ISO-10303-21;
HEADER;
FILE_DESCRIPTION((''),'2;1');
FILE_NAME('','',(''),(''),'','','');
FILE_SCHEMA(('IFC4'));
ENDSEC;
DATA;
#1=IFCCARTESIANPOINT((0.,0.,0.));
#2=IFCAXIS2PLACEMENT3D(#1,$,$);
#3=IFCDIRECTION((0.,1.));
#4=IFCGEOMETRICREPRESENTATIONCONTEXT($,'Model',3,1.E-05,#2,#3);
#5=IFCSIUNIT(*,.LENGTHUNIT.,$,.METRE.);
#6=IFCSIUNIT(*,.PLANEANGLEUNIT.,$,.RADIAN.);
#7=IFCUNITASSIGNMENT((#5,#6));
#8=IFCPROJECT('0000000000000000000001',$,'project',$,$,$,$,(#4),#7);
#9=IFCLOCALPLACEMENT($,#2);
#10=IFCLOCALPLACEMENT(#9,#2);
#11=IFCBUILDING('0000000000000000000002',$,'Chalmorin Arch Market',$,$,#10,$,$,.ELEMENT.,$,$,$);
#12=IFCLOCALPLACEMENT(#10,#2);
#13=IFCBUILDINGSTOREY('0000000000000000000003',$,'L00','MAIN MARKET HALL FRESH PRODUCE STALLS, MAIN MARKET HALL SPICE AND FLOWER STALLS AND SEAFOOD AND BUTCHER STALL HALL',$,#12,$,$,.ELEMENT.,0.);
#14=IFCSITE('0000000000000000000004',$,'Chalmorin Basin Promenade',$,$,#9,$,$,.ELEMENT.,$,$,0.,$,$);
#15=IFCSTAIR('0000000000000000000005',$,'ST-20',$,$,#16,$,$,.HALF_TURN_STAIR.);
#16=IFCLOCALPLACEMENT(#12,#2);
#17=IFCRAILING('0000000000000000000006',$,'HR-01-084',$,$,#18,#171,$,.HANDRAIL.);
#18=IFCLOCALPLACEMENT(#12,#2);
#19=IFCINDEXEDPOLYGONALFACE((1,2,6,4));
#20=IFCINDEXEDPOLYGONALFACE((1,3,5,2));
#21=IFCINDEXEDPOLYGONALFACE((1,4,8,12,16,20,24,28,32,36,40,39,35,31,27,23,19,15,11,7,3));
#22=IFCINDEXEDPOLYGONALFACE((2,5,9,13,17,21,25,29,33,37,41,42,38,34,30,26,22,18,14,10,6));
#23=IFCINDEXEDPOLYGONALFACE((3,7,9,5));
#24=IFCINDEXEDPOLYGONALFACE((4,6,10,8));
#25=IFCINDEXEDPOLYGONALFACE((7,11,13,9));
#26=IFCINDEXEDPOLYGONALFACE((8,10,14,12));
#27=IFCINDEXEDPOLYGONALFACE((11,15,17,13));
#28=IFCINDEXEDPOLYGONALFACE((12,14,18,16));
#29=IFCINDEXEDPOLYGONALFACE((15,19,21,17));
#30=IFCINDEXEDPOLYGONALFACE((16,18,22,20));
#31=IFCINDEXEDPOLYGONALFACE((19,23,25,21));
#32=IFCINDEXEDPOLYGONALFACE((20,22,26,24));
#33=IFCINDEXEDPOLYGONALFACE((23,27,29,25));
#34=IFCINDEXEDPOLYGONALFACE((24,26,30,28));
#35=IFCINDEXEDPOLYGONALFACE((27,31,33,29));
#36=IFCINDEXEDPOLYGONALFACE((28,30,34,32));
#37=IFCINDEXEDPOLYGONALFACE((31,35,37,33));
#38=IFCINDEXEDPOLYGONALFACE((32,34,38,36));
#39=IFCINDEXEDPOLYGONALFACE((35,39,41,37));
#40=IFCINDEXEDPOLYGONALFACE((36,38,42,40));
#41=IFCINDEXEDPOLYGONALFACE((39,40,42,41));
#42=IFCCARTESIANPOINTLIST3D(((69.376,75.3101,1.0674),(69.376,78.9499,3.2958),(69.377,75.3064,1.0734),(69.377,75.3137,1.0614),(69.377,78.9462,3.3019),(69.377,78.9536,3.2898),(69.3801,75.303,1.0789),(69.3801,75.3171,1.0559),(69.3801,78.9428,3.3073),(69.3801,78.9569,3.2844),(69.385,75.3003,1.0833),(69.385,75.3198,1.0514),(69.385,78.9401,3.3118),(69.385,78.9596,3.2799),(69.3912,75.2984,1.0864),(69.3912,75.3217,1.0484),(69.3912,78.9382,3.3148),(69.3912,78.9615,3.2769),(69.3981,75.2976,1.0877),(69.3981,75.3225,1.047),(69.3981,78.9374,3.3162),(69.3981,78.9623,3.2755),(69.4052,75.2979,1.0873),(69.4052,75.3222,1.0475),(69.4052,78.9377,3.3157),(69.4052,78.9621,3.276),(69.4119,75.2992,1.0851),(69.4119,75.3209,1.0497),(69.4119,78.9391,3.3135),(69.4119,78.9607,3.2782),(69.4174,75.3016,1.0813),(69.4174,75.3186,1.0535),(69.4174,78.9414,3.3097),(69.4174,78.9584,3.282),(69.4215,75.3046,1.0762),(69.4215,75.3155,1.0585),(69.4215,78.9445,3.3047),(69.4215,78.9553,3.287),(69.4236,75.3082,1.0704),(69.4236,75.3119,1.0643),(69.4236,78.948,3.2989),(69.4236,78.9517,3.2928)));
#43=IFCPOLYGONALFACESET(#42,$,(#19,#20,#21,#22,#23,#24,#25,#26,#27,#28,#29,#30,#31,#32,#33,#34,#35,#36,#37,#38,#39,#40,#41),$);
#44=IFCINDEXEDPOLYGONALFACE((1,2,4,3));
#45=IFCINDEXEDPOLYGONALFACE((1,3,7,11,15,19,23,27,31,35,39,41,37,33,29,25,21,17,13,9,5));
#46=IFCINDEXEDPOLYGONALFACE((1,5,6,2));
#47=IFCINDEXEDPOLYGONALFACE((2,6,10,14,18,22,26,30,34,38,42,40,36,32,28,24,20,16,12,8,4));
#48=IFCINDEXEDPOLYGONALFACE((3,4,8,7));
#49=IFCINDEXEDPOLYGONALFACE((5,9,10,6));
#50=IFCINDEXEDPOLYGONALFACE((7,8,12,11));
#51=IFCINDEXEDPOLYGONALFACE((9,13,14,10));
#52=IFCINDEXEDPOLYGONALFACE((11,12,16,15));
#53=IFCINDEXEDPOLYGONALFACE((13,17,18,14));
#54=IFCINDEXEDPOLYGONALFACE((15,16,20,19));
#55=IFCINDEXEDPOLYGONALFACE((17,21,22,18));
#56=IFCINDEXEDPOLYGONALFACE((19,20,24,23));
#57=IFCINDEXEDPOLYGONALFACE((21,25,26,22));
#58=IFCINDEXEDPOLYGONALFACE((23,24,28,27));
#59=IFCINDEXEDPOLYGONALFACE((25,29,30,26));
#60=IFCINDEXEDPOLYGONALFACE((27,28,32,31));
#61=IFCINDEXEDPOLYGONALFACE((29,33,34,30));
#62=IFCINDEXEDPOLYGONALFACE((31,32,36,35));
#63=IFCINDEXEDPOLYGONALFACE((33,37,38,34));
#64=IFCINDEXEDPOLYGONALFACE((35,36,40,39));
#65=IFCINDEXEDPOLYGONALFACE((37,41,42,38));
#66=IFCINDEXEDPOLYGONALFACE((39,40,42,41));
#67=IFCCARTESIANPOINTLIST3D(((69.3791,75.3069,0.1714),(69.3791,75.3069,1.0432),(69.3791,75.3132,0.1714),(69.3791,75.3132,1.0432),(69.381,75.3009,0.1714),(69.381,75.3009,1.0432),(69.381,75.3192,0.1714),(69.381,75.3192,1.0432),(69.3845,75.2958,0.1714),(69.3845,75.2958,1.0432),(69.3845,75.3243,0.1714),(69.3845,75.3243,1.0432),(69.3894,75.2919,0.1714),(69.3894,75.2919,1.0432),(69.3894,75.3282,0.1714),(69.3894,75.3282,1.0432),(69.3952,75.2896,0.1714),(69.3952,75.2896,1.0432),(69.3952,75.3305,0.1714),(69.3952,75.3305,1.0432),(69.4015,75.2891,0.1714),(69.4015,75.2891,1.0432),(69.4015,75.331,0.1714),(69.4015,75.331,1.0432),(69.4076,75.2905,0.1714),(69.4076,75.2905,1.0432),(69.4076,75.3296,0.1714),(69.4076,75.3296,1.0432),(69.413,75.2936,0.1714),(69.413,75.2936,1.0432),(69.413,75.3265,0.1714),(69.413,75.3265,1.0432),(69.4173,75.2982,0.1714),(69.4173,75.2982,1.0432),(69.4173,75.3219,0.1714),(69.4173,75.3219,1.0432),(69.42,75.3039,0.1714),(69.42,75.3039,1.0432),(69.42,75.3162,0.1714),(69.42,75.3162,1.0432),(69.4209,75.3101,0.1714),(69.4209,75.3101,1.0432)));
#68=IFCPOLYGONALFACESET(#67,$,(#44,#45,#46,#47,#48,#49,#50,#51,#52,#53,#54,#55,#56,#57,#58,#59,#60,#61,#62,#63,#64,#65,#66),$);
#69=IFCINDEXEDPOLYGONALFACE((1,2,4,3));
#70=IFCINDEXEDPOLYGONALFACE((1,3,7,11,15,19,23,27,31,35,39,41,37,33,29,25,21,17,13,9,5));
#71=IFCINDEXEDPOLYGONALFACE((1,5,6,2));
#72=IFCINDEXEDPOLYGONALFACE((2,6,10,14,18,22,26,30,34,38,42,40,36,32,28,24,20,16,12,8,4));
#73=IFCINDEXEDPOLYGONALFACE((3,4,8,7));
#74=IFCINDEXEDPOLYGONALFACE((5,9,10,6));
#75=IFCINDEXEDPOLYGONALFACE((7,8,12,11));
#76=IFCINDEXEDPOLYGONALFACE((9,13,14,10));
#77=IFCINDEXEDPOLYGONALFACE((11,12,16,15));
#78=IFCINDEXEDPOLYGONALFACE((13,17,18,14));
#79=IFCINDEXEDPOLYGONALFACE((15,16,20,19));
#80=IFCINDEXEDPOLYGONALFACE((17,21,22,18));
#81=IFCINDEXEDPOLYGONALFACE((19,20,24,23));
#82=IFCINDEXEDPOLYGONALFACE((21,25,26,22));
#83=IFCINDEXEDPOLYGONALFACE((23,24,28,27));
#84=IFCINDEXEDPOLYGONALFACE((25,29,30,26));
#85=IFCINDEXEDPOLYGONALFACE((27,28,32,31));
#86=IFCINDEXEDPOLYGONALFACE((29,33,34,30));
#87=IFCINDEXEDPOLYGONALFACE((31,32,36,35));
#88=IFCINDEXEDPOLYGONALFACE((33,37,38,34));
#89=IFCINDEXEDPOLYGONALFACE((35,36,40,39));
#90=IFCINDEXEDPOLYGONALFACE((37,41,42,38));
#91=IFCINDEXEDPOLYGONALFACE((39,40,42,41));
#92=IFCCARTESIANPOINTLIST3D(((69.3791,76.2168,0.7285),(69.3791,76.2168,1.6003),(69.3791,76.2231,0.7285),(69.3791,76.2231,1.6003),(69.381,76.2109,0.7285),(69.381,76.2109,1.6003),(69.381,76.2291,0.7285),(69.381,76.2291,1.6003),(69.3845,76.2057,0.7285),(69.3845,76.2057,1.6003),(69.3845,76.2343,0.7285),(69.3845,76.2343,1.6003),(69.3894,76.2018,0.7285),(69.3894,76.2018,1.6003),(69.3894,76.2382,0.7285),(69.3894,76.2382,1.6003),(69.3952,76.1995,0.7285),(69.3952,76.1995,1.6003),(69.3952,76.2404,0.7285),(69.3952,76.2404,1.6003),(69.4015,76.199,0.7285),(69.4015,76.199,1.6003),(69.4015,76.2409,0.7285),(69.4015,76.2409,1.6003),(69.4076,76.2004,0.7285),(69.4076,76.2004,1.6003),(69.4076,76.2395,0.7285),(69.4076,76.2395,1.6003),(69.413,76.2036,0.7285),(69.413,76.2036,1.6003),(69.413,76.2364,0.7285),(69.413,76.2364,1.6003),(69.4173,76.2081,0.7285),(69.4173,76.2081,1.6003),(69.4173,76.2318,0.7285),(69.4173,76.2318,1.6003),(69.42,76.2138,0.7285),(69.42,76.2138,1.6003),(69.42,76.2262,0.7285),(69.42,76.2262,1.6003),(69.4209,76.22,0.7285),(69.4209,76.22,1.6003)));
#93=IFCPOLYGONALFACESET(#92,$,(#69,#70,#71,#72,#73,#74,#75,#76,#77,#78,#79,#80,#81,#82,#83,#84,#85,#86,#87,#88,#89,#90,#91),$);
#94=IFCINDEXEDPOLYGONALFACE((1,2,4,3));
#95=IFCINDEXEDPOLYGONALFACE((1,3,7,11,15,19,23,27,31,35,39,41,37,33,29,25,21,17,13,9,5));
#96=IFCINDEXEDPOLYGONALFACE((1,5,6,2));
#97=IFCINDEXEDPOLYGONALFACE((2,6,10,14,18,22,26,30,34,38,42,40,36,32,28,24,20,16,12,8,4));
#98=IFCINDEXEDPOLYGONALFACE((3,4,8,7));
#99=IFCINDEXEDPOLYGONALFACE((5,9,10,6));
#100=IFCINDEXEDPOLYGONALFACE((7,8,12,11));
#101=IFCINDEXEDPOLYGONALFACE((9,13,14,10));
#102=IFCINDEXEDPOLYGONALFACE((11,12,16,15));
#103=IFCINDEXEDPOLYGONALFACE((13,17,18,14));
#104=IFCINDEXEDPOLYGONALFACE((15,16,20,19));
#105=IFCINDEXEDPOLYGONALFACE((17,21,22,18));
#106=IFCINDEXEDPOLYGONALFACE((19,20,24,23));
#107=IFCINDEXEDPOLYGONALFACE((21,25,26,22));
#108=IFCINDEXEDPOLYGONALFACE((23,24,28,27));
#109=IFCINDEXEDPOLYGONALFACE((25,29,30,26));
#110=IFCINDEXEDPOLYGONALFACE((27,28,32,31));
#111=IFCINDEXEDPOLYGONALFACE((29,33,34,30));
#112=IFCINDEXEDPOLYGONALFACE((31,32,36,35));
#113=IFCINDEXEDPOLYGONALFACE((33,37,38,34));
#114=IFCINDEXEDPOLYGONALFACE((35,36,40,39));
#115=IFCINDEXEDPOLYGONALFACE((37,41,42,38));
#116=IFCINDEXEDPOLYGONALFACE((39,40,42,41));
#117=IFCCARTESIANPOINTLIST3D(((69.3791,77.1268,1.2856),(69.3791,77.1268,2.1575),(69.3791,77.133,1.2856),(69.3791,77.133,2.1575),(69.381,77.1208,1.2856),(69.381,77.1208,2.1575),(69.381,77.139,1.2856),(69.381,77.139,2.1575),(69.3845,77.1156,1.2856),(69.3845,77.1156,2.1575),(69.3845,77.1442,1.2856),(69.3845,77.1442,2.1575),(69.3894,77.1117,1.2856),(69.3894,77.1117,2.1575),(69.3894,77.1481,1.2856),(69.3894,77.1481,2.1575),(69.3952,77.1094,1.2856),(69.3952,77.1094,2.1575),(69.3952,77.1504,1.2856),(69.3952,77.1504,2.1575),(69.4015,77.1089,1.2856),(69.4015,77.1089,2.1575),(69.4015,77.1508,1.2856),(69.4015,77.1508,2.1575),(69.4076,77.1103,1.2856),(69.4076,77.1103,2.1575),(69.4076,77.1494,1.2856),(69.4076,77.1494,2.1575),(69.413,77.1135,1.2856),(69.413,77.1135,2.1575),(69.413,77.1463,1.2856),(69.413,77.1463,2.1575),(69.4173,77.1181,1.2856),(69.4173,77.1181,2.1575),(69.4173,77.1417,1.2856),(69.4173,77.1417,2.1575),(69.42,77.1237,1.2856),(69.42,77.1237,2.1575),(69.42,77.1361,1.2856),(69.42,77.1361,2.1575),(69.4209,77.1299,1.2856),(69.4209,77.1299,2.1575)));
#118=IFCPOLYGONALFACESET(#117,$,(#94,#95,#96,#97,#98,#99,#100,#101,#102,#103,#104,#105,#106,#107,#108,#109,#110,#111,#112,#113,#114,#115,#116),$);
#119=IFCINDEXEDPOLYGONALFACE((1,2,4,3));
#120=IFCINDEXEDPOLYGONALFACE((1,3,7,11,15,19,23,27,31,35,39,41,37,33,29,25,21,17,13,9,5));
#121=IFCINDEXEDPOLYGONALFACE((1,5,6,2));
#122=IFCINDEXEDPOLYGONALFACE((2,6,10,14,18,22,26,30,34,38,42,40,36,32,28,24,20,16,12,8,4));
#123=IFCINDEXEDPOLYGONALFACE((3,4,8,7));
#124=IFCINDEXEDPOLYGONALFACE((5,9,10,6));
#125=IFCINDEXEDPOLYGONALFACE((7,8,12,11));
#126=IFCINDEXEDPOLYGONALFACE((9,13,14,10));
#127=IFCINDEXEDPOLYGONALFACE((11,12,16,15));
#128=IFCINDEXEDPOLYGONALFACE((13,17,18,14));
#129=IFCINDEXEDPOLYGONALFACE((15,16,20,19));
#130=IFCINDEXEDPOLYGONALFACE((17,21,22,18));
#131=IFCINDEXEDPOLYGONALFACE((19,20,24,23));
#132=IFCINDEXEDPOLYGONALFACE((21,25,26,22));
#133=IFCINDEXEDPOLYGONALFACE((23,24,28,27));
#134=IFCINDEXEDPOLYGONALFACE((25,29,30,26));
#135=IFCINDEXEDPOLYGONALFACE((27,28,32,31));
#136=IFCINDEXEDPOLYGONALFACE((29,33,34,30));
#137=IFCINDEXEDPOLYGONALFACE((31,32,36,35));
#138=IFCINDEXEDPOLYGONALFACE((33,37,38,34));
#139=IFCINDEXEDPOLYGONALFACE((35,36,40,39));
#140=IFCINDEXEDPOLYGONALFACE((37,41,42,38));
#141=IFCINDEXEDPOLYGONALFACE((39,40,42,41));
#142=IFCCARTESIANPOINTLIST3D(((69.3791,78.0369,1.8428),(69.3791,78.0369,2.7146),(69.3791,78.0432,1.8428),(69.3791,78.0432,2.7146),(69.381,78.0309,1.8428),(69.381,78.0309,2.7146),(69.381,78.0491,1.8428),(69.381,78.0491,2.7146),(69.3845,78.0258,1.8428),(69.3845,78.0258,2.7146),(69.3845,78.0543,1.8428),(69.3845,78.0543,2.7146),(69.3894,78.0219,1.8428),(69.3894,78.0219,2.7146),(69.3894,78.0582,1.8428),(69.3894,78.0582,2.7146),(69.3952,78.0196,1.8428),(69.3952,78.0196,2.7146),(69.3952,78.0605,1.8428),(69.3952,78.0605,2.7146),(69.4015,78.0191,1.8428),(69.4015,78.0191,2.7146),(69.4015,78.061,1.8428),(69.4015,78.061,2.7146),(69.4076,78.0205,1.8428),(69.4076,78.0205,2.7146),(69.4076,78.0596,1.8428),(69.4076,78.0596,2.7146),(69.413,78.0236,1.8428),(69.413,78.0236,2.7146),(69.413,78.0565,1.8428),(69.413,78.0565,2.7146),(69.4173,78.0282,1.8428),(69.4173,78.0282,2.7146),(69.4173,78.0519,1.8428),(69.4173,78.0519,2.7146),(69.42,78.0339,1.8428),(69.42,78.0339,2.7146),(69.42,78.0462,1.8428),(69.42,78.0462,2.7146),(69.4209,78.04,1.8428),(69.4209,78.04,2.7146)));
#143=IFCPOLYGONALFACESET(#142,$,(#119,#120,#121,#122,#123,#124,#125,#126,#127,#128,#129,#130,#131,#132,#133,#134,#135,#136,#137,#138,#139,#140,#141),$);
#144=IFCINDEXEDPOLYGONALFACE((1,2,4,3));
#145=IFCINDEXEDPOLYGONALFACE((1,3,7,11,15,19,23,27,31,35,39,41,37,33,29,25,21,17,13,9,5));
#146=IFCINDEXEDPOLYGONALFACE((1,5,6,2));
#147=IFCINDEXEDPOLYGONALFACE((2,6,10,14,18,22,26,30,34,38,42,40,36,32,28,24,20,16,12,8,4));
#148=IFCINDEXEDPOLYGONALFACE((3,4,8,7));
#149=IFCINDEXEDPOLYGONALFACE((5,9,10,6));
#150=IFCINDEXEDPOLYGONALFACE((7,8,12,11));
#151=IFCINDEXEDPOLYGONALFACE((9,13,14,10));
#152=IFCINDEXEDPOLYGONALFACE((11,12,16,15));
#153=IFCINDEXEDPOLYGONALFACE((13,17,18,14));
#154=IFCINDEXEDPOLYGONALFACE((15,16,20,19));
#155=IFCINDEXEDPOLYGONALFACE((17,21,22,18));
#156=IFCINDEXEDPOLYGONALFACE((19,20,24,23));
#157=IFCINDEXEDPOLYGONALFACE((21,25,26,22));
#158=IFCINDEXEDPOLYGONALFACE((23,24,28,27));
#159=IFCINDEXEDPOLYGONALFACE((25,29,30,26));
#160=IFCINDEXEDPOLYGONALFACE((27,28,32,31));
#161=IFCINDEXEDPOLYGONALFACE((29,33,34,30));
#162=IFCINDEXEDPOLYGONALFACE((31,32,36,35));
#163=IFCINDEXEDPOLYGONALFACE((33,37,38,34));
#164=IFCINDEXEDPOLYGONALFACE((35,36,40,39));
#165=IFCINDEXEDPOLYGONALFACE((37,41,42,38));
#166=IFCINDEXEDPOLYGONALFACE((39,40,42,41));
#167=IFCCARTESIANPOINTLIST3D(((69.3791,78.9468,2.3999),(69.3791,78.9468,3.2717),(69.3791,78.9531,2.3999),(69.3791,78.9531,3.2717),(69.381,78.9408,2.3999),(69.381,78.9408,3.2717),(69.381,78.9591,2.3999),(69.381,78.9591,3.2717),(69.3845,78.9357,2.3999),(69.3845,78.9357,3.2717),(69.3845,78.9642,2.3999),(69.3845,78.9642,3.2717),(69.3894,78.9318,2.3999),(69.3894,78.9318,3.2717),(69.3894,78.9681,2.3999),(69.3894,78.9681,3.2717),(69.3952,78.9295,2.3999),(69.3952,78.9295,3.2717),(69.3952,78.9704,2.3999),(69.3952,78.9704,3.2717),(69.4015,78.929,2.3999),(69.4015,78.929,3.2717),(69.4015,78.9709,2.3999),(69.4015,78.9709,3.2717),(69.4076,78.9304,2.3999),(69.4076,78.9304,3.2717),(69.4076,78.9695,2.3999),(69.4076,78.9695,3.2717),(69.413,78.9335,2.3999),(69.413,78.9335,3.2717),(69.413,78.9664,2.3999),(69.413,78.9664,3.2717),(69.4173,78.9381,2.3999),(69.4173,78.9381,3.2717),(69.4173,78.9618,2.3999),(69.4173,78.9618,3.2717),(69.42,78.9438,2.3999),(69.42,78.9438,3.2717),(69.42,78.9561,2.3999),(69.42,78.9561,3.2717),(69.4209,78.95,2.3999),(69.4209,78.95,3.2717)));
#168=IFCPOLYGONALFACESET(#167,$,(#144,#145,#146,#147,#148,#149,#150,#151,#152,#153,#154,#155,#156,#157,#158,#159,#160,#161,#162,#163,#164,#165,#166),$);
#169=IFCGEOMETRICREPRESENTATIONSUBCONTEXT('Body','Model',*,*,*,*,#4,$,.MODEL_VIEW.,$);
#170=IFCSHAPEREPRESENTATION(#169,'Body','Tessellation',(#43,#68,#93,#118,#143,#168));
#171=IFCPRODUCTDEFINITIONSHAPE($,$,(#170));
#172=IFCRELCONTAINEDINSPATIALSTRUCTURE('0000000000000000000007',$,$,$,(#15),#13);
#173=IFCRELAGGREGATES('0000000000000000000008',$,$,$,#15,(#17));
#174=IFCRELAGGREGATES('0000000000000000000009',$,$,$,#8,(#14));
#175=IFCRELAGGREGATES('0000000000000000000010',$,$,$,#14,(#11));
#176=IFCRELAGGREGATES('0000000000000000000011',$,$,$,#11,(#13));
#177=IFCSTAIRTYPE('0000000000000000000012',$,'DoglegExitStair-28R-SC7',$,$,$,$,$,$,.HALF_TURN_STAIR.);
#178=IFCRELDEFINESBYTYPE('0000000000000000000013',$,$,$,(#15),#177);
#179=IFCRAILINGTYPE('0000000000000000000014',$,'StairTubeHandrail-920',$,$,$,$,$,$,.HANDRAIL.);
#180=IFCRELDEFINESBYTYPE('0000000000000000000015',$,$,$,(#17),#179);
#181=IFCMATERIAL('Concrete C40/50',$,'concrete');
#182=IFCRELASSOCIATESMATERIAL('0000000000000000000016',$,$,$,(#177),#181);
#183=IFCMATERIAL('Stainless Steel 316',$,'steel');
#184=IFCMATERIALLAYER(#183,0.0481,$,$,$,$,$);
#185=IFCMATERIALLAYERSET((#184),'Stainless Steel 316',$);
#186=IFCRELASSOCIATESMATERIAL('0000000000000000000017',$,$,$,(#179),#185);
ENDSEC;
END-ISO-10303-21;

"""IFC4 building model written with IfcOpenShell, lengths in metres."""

from ifc_helpers import new_model, si_unit, direction, frame, origin, origin_2d, place, context, subcontext, project, spatial, circle, extrude, material, layer, layer_set, type_object, element, aggregate, save


model = new_model("IFC4")

# Units and contexts
model_context = context("Model", 3, precision=1e-05, world=origin(), true_north=direction((0.0, 1.0)))
body_context = subcontext(model_context, "Body", "Model", "MODEL_VIEW")
ifc_project = project(units=[si_unit("LENGTHUNIT", "METRE"), si_unit("PLANEANGLEUNIT", "RADIAN")], contexts=[model_context])

# Site, building, storey
site_placement = place(None, origin())
site = spatial("IfcSite", under=ifc_project, at=site_placement, Name="Chalmorin Basin Promenade", CompositionType="ELEMENT", RefElevation=0.0)
building_placement = place(site_placement, origin())
building = spatial("IfcBuilding", under=site, at=building_placement, Name="Chalmorin Arch Market", CompositionType="ELEMENT")
storey_placement = place(building_placement, origin())
storey = spatial("IfcBuildingStorey", under=building, at=storey_placement, Name="L00", Description="MAIN MARKET HALL FRESH PRODUCE STALLS, MAIN MARKET HALL SPICE AND FLOWER STALLS AND SEAFOOD AND BUTCHER STALL HALL", CompositionType="ELEMENT", Elevation=0.0)

# Shared definitions
ifc_material_1 = material(Name="Concrete C40/50", Category="concrete")

# Stair, railing
stair_type = type_object("IfcStairType", Name="DoglegExitStair-28R-SC7", PredefinedType="HALF_TURN_STAIR", material=ifc_material_1)
stair_placement = place(storey_placement, origin())
stair = element("IfcStair", 1, at=stair_placement, inside=storey, type_object=stair_type, Name="ST-20", PredefinedType="HALF_TURN_STAIR")
ifc_material_2 = material(Name="Stainless Steel 316", Category="steel")
ifc_layer_1 = layer(ifc_material_2, 0.0481)
ifc_layer_set_1 = layer_set([ifc_layer_1], Name="Stainless Steel 316")
railing_type_1 = type_object("IfcRailingType", Name="StairTubeHandrail-920", PredefinedType="HANDRAIL", material=ifc_layer_set_1)
railing_1_placement = place(storey_placement, frame((69.3999, 75.3101, 0.1714)))
railing_1 = element("IfcRailing", 2, at=railing_1_placement, type_object=railing_type_1, Name="HR-01-084", PredefinedType="HANDRAIL", context=body_context, shape_type="SweptSolid", body=[
    extrude(circle(Radius=0.0239, at=origin_2d()), frame((0.0, 0.0, 0.896), z_axis=(0.0, 0.85285, 0.522156), x_axis=(-1.0, 0.0, 0.0)), (0.0, 0.0, 1.0), 4.2678),
    extrude(circle(Radius=0.021, at=origin_2d()), origin(), (0.0, 0.0, 1.0), 0.8718),
    extrude(circle(Radius=0.021, at=origin_2d()), frame((0.0, 0.9099, 0.5571)), (0.0, 0.0, 1.0), 0.8718),
    extrude(circle(Radius=0.021, at=origin_2d()), frame((0.0, 1.8198, 1.1143)), (0.0, 0.0, 1.0), 0.8718),
    extrude(circle(Radius=0.021, at=origin_2d()), frame((0.0, 2.73, 1.6714)), (0.0, 0.0, 1.0), 0.8718),
    extrude(circle(Radius=0.021, at=origin_2d()), frame((0.0, 3.6399, 2.2285)), (0.0, 0.0, 1.0), 0.8718),
])
aggregate(stair, [railing_1])

save(model, "model.ifc")
